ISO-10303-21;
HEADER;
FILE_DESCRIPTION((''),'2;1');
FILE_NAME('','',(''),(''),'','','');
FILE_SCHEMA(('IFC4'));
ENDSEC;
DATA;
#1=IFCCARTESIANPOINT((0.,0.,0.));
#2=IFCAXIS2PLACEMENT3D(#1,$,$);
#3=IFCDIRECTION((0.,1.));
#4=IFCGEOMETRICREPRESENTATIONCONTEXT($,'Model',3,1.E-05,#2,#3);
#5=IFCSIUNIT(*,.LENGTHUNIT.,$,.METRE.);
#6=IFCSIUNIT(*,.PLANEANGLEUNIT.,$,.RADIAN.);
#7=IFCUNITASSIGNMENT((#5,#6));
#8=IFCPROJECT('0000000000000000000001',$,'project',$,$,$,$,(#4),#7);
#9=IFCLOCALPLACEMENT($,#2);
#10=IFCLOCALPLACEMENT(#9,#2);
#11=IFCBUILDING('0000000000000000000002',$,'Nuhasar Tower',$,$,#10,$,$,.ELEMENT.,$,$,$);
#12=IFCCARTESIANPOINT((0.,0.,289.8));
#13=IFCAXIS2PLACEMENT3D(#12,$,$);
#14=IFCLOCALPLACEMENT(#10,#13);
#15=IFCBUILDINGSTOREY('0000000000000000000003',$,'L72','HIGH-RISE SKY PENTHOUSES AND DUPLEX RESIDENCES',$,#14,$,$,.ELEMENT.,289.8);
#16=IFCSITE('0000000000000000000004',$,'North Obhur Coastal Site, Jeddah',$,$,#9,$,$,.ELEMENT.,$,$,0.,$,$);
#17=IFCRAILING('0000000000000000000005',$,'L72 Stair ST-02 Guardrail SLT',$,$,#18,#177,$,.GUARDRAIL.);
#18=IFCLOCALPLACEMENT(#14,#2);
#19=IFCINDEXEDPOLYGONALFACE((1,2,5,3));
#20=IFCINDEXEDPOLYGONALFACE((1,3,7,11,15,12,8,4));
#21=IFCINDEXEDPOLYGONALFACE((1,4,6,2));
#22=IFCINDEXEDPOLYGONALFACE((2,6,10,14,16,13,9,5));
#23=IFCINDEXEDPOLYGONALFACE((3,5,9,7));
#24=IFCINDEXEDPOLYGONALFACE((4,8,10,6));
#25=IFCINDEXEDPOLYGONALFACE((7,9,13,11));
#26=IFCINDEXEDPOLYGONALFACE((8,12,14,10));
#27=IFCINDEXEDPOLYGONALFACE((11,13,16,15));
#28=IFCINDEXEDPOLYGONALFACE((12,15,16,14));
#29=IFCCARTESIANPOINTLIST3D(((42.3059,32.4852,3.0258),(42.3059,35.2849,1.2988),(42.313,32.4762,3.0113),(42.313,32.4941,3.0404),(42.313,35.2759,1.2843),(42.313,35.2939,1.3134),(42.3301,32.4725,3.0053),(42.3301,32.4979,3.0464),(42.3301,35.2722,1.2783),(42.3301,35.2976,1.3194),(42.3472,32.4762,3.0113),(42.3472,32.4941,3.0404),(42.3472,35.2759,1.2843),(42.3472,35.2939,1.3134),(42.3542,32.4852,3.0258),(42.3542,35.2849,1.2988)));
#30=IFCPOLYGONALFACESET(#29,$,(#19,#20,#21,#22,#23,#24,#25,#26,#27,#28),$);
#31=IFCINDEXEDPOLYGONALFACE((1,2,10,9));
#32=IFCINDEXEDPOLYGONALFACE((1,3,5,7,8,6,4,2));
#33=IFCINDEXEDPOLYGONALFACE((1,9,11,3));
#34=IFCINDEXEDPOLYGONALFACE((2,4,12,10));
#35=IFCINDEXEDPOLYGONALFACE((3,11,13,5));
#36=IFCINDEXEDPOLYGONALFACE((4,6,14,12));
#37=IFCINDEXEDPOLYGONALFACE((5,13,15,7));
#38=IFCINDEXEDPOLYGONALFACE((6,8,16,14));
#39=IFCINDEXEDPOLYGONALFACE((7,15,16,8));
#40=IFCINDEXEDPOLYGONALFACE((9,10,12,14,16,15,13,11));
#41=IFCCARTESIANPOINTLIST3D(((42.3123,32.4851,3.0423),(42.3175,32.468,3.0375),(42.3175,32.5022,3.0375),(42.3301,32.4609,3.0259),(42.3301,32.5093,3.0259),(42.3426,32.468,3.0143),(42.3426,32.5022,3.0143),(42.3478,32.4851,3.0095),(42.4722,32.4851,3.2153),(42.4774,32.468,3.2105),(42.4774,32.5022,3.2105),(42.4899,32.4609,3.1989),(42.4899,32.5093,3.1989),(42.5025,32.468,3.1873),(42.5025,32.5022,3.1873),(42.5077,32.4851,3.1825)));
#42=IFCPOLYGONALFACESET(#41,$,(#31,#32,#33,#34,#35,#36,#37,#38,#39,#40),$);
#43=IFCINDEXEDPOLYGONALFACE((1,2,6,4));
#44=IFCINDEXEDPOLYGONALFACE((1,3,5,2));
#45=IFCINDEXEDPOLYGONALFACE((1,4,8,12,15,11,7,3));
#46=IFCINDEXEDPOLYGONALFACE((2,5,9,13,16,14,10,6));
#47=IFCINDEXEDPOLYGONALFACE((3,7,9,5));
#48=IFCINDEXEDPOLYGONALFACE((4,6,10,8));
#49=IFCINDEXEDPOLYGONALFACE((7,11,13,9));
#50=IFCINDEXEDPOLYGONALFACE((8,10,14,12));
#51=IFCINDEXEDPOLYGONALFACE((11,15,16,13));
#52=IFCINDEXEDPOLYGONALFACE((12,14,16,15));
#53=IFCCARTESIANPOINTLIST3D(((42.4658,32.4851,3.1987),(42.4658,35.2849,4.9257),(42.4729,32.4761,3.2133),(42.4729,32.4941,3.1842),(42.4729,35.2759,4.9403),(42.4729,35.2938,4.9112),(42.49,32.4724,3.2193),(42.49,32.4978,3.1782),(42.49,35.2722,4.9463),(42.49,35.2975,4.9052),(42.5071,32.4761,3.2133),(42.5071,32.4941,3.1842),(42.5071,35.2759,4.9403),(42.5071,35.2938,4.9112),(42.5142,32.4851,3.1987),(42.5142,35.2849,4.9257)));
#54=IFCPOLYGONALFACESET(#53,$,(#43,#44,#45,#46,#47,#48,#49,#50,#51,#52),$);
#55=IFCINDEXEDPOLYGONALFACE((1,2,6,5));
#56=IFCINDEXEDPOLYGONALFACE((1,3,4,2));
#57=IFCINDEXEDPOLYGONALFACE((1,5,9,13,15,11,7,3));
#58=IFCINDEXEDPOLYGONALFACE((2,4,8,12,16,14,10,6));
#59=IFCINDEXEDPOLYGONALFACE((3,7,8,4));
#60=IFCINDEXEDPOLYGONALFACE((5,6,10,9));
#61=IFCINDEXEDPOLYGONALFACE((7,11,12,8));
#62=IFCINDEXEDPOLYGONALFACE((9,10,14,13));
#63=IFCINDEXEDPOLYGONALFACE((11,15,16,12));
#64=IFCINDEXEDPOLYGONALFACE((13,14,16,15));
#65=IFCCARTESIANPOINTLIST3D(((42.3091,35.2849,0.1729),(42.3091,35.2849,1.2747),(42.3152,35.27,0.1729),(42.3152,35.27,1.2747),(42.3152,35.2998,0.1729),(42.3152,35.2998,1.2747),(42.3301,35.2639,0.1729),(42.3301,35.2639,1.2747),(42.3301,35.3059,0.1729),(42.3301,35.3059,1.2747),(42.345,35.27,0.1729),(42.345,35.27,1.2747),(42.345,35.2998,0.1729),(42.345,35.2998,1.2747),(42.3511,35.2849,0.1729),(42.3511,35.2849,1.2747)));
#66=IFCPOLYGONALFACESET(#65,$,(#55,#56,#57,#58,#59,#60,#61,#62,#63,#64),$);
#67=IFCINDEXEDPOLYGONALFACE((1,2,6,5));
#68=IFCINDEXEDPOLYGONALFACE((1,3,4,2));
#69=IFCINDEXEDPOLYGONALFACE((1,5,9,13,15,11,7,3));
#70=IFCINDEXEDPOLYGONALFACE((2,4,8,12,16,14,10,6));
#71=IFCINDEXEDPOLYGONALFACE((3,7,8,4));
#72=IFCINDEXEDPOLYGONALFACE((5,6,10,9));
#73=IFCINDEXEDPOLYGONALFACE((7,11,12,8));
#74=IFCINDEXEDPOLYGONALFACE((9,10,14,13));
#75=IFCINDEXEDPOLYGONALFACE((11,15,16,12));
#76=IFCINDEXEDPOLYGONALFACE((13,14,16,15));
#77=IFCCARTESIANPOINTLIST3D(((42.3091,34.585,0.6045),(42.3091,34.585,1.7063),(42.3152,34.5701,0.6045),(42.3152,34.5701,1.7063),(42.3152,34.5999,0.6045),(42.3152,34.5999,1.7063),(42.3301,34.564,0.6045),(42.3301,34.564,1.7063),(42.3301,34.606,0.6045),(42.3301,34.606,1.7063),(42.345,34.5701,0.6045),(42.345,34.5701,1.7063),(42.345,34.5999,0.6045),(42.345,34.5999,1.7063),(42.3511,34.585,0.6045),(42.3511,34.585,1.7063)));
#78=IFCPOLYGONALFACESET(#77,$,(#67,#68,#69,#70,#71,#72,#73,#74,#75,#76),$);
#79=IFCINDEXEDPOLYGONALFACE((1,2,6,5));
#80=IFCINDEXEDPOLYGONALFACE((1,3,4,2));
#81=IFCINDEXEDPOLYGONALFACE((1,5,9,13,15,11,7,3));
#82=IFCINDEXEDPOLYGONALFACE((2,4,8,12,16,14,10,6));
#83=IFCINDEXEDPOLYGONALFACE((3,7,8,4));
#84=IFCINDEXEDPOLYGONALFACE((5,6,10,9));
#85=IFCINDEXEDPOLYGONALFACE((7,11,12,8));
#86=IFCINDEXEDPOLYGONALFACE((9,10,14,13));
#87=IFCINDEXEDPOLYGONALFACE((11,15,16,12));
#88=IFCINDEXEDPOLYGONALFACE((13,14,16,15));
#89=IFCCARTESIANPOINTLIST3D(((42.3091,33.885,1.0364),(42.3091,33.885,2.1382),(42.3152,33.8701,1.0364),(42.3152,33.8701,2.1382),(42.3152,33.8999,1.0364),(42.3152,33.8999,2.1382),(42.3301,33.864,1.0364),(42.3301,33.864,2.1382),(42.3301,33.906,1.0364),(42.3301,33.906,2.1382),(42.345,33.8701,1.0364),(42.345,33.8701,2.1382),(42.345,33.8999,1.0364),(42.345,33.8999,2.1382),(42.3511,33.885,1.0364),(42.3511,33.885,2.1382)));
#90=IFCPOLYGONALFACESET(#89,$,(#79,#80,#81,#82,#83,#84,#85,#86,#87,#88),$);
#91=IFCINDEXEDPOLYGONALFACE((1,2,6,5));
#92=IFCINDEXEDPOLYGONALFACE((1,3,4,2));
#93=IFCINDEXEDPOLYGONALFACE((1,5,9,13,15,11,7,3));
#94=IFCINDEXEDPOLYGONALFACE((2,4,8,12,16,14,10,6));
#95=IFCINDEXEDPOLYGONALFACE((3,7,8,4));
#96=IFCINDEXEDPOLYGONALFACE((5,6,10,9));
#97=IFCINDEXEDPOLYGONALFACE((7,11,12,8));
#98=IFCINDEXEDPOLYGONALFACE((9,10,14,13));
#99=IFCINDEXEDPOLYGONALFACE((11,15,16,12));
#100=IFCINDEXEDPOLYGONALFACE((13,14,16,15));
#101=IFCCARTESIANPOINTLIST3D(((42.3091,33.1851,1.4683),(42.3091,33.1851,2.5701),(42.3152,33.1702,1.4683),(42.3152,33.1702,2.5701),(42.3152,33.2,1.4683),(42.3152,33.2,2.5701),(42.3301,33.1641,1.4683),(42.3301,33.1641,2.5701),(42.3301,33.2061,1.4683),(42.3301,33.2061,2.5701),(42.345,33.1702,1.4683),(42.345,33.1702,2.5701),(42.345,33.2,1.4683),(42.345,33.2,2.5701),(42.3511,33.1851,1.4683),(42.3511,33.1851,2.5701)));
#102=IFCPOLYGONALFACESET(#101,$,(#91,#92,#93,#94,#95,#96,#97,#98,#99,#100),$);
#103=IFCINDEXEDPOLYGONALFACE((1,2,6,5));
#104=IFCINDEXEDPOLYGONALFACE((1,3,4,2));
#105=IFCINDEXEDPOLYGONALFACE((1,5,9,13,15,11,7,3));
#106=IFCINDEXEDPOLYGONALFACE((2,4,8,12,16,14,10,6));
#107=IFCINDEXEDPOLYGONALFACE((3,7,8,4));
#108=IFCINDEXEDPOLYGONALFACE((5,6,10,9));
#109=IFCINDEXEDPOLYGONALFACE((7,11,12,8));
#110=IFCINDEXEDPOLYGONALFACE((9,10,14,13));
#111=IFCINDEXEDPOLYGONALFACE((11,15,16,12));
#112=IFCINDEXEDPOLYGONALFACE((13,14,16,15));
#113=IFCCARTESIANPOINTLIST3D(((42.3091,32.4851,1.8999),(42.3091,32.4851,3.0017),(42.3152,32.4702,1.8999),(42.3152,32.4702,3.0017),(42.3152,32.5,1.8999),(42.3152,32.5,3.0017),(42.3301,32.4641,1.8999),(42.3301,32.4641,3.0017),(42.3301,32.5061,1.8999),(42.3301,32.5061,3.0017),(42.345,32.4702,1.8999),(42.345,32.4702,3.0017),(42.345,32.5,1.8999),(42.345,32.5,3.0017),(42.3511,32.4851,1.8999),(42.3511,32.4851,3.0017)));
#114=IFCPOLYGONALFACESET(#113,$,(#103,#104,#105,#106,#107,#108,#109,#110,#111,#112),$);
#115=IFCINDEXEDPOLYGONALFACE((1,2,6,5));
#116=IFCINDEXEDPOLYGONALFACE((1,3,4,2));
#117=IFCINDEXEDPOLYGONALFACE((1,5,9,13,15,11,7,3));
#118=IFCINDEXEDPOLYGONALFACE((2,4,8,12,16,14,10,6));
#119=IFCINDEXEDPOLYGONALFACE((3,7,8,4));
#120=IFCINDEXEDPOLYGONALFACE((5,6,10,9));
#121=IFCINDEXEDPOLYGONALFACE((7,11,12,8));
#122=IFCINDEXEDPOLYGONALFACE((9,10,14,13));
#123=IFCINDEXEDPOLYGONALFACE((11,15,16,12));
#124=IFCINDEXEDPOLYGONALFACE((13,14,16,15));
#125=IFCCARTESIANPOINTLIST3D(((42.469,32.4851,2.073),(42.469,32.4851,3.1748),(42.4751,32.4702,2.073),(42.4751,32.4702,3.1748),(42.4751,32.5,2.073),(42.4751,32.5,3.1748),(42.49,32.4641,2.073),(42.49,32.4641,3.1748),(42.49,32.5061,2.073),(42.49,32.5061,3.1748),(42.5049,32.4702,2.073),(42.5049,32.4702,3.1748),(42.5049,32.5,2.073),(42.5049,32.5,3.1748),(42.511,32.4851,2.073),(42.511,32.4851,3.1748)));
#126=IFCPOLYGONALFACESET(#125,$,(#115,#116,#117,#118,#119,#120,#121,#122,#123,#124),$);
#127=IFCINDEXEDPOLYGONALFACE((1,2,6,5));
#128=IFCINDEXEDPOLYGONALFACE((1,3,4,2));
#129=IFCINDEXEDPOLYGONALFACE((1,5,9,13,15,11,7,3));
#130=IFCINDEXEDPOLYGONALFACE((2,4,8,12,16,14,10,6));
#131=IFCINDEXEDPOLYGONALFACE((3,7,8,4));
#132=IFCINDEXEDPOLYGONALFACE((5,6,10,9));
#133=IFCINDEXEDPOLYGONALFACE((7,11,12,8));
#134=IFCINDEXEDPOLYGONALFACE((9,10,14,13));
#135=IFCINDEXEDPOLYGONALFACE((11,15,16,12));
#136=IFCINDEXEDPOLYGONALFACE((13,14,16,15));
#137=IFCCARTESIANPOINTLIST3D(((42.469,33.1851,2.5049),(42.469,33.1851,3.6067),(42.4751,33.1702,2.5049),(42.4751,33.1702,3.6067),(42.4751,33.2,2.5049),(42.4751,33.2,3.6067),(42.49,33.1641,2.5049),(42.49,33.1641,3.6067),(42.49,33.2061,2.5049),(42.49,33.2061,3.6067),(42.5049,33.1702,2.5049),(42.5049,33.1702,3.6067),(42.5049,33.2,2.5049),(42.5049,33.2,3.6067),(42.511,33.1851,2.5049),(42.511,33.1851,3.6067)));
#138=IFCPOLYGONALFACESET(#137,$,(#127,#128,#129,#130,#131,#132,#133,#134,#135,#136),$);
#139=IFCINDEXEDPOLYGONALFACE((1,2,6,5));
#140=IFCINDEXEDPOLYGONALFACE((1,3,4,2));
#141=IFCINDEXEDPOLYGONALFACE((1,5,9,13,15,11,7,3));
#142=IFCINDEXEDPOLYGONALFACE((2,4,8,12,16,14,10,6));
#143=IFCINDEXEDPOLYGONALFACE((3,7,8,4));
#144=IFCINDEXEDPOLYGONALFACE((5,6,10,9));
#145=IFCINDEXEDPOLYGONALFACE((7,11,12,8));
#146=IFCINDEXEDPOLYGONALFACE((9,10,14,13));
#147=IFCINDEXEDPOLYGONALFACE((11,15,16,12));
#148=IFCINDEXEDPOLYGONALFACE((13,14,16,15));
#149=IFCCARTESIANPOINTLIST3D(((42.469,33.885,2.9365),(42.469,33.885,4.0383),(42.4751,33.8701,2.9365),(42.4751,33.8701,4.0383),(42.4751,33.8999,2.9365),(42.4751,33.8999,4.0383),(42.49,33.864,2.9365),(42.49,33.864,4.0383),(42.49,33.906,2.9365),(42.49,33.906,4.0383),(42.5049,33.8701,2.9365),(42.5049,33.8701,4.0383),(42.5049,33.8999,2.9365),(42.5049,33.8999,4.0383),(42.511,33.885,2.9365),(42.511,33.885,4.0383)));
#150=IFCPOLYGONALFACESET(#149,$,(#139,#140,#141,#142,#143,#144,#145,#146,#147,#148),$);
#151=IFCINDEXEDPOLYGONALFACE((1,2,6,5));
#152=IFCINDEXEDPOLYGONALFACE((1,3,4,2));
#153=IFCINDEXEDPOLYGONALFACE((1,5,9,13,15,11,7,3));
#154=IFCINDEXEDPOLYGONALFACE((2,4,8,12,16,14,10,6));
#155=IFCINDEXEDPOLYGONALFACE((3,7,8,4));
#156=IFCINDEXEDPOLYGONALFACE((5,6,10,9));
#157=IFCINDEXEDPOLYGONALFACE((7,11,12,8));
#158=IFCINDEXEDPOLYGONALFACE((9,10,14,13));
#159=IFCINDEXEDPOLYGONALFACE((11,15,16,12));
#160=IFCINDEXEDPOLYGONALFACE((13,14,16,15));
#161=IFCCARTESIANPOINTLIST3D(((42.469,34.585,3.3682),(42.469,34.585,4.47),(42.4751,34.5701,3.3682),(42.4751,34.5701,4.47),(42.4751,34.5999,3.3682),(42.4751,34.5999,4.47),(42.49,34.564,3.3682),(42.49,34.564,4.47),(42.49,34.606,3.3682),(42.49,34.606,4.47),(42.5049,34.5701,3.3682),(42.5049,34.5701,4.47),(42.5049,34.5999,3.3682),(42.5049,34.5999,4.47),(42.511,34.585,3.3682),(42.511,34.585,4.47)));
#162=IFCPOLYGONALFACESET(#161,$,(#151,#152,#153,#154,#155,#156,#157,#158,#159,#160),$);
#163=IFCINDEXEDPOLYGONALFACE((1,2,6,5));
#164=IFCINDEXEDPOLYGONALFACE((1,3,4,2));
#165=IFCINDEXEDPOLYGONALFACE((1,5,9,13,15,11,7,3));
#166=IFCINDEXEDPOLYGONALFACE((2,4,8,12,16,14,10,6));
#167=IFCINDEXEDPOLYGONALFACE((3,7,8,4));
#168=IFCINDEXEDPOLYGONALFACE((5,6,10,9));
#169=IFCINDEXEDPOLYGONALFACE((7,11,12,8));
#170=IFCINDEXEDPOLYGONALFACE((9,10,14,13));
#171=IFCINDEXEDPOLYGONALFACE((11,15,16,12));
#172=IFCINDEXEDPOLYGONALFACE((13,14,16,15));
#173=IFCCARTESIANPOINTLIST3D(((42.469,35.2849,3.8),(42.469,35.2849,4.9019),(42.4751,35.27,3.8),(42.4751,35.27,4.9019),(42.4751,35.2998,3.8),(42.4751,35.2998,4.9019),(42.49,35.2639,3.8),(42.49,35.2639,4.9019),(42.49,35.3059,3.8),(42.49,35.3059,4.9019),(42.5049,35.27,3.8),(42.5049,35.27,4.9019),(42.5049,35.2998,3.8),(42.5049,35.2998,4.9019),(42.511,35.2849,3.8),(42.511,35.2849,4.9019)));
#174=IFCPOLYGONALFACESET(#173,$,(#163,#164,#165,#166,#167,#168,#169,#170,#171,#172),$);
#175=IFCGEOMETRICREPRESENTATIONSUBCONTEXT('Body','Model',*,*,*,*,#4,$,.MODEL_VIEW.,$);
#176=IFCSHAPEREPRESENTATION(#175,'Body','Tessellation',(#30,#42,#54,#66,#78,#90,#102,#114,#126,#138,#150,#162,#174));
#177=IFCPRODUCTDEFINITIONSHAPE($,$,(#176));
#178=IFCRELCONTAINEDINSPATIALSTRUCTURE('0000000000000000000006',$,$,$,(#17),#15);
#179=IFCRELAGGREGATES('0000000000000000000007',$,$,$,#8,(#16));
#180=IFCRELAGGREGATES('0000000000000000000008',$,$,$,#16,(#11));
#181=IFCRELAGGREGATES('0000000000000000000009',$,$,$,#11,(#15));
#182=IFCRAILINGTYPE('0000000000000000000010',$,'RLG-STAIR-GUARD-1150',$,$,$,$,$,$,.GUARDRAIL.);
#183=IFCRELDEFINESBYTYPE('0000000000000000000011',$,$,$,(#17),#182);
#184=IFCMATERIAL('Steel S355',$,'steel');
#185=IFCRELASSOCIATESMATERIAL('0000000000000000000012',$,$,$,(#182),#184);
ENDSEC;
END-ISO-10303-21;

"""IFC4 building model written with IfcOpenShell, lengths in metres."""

from ifc_helpers import new_model, si_unit, direction, frame, origin, place, context, subcontext, project, spatial, polyline, outline, extrude, material, type_object, element, save


model = new_model("IFC4")

# Units and contexts
model_context = context("Model", 3, precision=1e-05, world=origin(), true_north=direction((0.0, 1.0)))
body_context = subcontext(model_context, "Body", "Model", "MODEL_VIEW")
ifc_project = project(units=[si_unit("LENGTHUNIT", "METRE"), si_unit("PLANEANGLEUNIT", "RADIAN")], contexts=[model_context])

# Site, building, storey
site_placement = place(None, origin())
site = spatial("IfcSite", under=ifc_project, at=site_placement, Name="North Obhur Coastal Site, Jeddah", CompositionType="ELEMENT", RefElevation=0.0)
building_placement = place(site_placement, origin())
building = spatial("IfcBuilding", under=site, at=building_placement, Name="Nuhasar Tower", CompositionType="ELEMENT")
storey_placement = place(building_placement, frame((0.0, 0.0, 289.8)))
storey = spatial("IfcBuildingStorey", under=building, at=storey_placement, Name="L72", Description="HIGH-RISE SKY PENTHOUSES AND DUPLEX RESIDENCES", CompositionType="ELEMENT", Elevation=289.8)

# Shared definitions
ifc_material_1 = material(Name="Steel S355", Category="steel")

# Railing
railing_type_1 = type_object("IfcRailingType", Name="RLG-STAIR-GUARD-1150", PredefinedType="GUARDRAIL", material=ifc_material_1)
railing_1_placement = place(storey_placement, frame((42.3301, 35.2849, 0.1729)))
element("IfcRailing", 1, at=railing_1_placement, inside=storey, type_object=railing_type_1, Name="L72 Stair ST-02 Guardrail SLT", PredefinedType="GUARDRAIL", context=body_context, shape_type="SweptSolid", body=[
    extrude(outline(polyline([(0.0242, 0.0), (0.0171, 0.0171), (0.0, 0.0242), (-0.0171, 0.0171), (-0.0242, 0.0), (-0.0171, -0.0171), (0.0, -0.0242), (0.0171, -0.0171), (0.0242, 0.0)])), frame((0.0, 0.0, 1.126), z_axis=(0.0, -0.851102, 0.525), x_axis=(1.0, 0.0, 0.0)), (0.0, 0.0, 1.0), 3.2896),
    extrude(outline(polyline([(0.0242, 0.0), (0.0171, 0.0171), (0.0, 0.0242), (-0.0171, 0.0171), (-0.0242, 0.0), (-0.0171, -0.0171), (0.0, -0.0242), (0.0171, -0.0171), (0.0242, 0.0)])), frame((0.0, -2.7998, 2.853), z_axis=(0.678581, 0.0, 0.734525), x_axis=(0.0, 1.0, 0.0)), (0.0, 0.0, 1.0), 0.2356),
    extrude(outline(polyline([(0.0242, 0.0), (0.0171, 0.0171), (0.0, 0.0242), (-0.0171, 0.0171), (-0.0242, 0.0), (-0.0171, -0.0171), (0.0, -0.0242), (0.0171, -0.0171), (0.0242, 0.0)])), frame((0.1599, -2.7998, 3.0259), z_axis=(0.0, 0.851102, 0.525), x_axis=(-1.0, 0.0, 0.0)), (0.0, 0.0, 1.0), 3.2896),
    extrude(outline(polyline([(0.021, 0.0), (0.0149, 0.0149), (0.0, 0.021), (-0.0149, 0.0149), (-0.021, 0.0), (-0.0149, -0.0149), (0.0, -0.021), (0.0149, -0.0149), (0.021, 0.0)])), origin(), (0.0, 0.0, 1.0), 1.1018),
    extrude(outline(polyline([(0.021, 0.0), (0.0149, 0.0149), (0.0, 0.021), (-0.0149, 0.0149), (-0.021, 0.0), (-0.0149, -0.0149), (0.0, -0.021), (0.0149, -0.0149), (0.021, 0.0)])), frame((0.0, -0.7, 0.4316)), (0.0, 0.0, 1.0), 1.1018),
    extrude(outline(polyline([(0.021, 0.0), (0.0149, 0.0149), (0.0, 0.021), (-0.0149, 0.0149), (-0.021, 0.0), (-0.0149, -0.0149), (0.0, -0.021), (0.0149, -0.0149), (0.021, 0.0)])), frame((0.0, -1.3999, 0.8635)), (0.0, 0.0, 1.0), 1.1018),
    extrude(outline(polyline([(0.021, 0.0), (0.0149, 0.0149), (0.0, 0.021), (-0.0149, 0.0149), (-0.021, 0.0), (-0.0149, -0.0149), (0.0, -0.021), (0.0149, -0.0149), (0.021, 0.0)])), frame((0.0, -2.0999, 1.2954)), (0.0, 0.0, 1.0), 1.1018),
    extrude(outline(polyline([(0.021, 0.0), (0.0149, 0.0149), (0.0, 0.021), (-0.0149, 0.0149), (-0.021, 0.0), (-0.0149, -0.0149), (0.0, -0.021), (0.0149, -0.0149), (0.021, 0.0)])), frame((0.0, -2.7998, 1.7271)), (0.0, 0.0, 1.0), 1.1018),
    extrude(outline(polyline([(0.021, 0.0), (0.0149, 0.0149), (0.0, 0.021), (-0.0149, 0.0149), (-0.021, 0.0), (-0.0149, -0.0149), (0.0, -0.021), (0.0149, -0.0149), (0.021, 0.0)])), frame((0.1599, -2.7998, 1.9001)), (0.0, 0.0, 1.0), 1.1018),
    extrude(outline(polyline([(0.021, 0.0), (0.0149, 0.0149), (0.0, 0.021), (-0.0149, 0.0149), (-0.021, 0.0), (-0.0149, -0.0149), (0.0, -0.021), (0.0149, -0.0149), (0.021, 0.0)])), frame((0.1599, -2.0999, 2.332)), (0.0, 0.0, 1.0), 1.1018),
    extrude(outline(polyline([(0.021, 0.0), (0.0149, 0.0149), (0.0, 0.021), (-0.0149, 0.0149), (-0.021, 0.0), (-0.0149, -0.0149), (0.0, -0.021), (0.0149, -0.0149), (0.021, 0.0)])), frame((0.1599, -1.3999, 2.7637)), (0.0, 0.0, 1.0), 1.1018),
    extrude(outline(polyline([(0.021, 0.0), (0.0149, 0.0149), (0.0, 0.021), (-0.0149, 0.0149), (-0.021, 0.0), (-0.0149, -0.0149), (0.0, -0.021), (0.0149, -0.0149), (0.021, 0.0)])), frame((0.1599, -0.7, 3.1953)), (0.0, 0.0, 1.0), 1.1018),
    extrude(outline(polyline([(0.021, 0.0), (0.0149, 0.0149), (0.0, 0.021), (-0.0149, 0.0149), (-0.021, 0.0), (-0.0149, -0.0149), (0.0, -0.021), (0.0149, -0.0149), (0.021, 0.0)])), frame((0.1599, 0.0, 3.6272)), (0.0, 0.0, 1.0), 1.1018),
])

save(model, "model.ifc")
